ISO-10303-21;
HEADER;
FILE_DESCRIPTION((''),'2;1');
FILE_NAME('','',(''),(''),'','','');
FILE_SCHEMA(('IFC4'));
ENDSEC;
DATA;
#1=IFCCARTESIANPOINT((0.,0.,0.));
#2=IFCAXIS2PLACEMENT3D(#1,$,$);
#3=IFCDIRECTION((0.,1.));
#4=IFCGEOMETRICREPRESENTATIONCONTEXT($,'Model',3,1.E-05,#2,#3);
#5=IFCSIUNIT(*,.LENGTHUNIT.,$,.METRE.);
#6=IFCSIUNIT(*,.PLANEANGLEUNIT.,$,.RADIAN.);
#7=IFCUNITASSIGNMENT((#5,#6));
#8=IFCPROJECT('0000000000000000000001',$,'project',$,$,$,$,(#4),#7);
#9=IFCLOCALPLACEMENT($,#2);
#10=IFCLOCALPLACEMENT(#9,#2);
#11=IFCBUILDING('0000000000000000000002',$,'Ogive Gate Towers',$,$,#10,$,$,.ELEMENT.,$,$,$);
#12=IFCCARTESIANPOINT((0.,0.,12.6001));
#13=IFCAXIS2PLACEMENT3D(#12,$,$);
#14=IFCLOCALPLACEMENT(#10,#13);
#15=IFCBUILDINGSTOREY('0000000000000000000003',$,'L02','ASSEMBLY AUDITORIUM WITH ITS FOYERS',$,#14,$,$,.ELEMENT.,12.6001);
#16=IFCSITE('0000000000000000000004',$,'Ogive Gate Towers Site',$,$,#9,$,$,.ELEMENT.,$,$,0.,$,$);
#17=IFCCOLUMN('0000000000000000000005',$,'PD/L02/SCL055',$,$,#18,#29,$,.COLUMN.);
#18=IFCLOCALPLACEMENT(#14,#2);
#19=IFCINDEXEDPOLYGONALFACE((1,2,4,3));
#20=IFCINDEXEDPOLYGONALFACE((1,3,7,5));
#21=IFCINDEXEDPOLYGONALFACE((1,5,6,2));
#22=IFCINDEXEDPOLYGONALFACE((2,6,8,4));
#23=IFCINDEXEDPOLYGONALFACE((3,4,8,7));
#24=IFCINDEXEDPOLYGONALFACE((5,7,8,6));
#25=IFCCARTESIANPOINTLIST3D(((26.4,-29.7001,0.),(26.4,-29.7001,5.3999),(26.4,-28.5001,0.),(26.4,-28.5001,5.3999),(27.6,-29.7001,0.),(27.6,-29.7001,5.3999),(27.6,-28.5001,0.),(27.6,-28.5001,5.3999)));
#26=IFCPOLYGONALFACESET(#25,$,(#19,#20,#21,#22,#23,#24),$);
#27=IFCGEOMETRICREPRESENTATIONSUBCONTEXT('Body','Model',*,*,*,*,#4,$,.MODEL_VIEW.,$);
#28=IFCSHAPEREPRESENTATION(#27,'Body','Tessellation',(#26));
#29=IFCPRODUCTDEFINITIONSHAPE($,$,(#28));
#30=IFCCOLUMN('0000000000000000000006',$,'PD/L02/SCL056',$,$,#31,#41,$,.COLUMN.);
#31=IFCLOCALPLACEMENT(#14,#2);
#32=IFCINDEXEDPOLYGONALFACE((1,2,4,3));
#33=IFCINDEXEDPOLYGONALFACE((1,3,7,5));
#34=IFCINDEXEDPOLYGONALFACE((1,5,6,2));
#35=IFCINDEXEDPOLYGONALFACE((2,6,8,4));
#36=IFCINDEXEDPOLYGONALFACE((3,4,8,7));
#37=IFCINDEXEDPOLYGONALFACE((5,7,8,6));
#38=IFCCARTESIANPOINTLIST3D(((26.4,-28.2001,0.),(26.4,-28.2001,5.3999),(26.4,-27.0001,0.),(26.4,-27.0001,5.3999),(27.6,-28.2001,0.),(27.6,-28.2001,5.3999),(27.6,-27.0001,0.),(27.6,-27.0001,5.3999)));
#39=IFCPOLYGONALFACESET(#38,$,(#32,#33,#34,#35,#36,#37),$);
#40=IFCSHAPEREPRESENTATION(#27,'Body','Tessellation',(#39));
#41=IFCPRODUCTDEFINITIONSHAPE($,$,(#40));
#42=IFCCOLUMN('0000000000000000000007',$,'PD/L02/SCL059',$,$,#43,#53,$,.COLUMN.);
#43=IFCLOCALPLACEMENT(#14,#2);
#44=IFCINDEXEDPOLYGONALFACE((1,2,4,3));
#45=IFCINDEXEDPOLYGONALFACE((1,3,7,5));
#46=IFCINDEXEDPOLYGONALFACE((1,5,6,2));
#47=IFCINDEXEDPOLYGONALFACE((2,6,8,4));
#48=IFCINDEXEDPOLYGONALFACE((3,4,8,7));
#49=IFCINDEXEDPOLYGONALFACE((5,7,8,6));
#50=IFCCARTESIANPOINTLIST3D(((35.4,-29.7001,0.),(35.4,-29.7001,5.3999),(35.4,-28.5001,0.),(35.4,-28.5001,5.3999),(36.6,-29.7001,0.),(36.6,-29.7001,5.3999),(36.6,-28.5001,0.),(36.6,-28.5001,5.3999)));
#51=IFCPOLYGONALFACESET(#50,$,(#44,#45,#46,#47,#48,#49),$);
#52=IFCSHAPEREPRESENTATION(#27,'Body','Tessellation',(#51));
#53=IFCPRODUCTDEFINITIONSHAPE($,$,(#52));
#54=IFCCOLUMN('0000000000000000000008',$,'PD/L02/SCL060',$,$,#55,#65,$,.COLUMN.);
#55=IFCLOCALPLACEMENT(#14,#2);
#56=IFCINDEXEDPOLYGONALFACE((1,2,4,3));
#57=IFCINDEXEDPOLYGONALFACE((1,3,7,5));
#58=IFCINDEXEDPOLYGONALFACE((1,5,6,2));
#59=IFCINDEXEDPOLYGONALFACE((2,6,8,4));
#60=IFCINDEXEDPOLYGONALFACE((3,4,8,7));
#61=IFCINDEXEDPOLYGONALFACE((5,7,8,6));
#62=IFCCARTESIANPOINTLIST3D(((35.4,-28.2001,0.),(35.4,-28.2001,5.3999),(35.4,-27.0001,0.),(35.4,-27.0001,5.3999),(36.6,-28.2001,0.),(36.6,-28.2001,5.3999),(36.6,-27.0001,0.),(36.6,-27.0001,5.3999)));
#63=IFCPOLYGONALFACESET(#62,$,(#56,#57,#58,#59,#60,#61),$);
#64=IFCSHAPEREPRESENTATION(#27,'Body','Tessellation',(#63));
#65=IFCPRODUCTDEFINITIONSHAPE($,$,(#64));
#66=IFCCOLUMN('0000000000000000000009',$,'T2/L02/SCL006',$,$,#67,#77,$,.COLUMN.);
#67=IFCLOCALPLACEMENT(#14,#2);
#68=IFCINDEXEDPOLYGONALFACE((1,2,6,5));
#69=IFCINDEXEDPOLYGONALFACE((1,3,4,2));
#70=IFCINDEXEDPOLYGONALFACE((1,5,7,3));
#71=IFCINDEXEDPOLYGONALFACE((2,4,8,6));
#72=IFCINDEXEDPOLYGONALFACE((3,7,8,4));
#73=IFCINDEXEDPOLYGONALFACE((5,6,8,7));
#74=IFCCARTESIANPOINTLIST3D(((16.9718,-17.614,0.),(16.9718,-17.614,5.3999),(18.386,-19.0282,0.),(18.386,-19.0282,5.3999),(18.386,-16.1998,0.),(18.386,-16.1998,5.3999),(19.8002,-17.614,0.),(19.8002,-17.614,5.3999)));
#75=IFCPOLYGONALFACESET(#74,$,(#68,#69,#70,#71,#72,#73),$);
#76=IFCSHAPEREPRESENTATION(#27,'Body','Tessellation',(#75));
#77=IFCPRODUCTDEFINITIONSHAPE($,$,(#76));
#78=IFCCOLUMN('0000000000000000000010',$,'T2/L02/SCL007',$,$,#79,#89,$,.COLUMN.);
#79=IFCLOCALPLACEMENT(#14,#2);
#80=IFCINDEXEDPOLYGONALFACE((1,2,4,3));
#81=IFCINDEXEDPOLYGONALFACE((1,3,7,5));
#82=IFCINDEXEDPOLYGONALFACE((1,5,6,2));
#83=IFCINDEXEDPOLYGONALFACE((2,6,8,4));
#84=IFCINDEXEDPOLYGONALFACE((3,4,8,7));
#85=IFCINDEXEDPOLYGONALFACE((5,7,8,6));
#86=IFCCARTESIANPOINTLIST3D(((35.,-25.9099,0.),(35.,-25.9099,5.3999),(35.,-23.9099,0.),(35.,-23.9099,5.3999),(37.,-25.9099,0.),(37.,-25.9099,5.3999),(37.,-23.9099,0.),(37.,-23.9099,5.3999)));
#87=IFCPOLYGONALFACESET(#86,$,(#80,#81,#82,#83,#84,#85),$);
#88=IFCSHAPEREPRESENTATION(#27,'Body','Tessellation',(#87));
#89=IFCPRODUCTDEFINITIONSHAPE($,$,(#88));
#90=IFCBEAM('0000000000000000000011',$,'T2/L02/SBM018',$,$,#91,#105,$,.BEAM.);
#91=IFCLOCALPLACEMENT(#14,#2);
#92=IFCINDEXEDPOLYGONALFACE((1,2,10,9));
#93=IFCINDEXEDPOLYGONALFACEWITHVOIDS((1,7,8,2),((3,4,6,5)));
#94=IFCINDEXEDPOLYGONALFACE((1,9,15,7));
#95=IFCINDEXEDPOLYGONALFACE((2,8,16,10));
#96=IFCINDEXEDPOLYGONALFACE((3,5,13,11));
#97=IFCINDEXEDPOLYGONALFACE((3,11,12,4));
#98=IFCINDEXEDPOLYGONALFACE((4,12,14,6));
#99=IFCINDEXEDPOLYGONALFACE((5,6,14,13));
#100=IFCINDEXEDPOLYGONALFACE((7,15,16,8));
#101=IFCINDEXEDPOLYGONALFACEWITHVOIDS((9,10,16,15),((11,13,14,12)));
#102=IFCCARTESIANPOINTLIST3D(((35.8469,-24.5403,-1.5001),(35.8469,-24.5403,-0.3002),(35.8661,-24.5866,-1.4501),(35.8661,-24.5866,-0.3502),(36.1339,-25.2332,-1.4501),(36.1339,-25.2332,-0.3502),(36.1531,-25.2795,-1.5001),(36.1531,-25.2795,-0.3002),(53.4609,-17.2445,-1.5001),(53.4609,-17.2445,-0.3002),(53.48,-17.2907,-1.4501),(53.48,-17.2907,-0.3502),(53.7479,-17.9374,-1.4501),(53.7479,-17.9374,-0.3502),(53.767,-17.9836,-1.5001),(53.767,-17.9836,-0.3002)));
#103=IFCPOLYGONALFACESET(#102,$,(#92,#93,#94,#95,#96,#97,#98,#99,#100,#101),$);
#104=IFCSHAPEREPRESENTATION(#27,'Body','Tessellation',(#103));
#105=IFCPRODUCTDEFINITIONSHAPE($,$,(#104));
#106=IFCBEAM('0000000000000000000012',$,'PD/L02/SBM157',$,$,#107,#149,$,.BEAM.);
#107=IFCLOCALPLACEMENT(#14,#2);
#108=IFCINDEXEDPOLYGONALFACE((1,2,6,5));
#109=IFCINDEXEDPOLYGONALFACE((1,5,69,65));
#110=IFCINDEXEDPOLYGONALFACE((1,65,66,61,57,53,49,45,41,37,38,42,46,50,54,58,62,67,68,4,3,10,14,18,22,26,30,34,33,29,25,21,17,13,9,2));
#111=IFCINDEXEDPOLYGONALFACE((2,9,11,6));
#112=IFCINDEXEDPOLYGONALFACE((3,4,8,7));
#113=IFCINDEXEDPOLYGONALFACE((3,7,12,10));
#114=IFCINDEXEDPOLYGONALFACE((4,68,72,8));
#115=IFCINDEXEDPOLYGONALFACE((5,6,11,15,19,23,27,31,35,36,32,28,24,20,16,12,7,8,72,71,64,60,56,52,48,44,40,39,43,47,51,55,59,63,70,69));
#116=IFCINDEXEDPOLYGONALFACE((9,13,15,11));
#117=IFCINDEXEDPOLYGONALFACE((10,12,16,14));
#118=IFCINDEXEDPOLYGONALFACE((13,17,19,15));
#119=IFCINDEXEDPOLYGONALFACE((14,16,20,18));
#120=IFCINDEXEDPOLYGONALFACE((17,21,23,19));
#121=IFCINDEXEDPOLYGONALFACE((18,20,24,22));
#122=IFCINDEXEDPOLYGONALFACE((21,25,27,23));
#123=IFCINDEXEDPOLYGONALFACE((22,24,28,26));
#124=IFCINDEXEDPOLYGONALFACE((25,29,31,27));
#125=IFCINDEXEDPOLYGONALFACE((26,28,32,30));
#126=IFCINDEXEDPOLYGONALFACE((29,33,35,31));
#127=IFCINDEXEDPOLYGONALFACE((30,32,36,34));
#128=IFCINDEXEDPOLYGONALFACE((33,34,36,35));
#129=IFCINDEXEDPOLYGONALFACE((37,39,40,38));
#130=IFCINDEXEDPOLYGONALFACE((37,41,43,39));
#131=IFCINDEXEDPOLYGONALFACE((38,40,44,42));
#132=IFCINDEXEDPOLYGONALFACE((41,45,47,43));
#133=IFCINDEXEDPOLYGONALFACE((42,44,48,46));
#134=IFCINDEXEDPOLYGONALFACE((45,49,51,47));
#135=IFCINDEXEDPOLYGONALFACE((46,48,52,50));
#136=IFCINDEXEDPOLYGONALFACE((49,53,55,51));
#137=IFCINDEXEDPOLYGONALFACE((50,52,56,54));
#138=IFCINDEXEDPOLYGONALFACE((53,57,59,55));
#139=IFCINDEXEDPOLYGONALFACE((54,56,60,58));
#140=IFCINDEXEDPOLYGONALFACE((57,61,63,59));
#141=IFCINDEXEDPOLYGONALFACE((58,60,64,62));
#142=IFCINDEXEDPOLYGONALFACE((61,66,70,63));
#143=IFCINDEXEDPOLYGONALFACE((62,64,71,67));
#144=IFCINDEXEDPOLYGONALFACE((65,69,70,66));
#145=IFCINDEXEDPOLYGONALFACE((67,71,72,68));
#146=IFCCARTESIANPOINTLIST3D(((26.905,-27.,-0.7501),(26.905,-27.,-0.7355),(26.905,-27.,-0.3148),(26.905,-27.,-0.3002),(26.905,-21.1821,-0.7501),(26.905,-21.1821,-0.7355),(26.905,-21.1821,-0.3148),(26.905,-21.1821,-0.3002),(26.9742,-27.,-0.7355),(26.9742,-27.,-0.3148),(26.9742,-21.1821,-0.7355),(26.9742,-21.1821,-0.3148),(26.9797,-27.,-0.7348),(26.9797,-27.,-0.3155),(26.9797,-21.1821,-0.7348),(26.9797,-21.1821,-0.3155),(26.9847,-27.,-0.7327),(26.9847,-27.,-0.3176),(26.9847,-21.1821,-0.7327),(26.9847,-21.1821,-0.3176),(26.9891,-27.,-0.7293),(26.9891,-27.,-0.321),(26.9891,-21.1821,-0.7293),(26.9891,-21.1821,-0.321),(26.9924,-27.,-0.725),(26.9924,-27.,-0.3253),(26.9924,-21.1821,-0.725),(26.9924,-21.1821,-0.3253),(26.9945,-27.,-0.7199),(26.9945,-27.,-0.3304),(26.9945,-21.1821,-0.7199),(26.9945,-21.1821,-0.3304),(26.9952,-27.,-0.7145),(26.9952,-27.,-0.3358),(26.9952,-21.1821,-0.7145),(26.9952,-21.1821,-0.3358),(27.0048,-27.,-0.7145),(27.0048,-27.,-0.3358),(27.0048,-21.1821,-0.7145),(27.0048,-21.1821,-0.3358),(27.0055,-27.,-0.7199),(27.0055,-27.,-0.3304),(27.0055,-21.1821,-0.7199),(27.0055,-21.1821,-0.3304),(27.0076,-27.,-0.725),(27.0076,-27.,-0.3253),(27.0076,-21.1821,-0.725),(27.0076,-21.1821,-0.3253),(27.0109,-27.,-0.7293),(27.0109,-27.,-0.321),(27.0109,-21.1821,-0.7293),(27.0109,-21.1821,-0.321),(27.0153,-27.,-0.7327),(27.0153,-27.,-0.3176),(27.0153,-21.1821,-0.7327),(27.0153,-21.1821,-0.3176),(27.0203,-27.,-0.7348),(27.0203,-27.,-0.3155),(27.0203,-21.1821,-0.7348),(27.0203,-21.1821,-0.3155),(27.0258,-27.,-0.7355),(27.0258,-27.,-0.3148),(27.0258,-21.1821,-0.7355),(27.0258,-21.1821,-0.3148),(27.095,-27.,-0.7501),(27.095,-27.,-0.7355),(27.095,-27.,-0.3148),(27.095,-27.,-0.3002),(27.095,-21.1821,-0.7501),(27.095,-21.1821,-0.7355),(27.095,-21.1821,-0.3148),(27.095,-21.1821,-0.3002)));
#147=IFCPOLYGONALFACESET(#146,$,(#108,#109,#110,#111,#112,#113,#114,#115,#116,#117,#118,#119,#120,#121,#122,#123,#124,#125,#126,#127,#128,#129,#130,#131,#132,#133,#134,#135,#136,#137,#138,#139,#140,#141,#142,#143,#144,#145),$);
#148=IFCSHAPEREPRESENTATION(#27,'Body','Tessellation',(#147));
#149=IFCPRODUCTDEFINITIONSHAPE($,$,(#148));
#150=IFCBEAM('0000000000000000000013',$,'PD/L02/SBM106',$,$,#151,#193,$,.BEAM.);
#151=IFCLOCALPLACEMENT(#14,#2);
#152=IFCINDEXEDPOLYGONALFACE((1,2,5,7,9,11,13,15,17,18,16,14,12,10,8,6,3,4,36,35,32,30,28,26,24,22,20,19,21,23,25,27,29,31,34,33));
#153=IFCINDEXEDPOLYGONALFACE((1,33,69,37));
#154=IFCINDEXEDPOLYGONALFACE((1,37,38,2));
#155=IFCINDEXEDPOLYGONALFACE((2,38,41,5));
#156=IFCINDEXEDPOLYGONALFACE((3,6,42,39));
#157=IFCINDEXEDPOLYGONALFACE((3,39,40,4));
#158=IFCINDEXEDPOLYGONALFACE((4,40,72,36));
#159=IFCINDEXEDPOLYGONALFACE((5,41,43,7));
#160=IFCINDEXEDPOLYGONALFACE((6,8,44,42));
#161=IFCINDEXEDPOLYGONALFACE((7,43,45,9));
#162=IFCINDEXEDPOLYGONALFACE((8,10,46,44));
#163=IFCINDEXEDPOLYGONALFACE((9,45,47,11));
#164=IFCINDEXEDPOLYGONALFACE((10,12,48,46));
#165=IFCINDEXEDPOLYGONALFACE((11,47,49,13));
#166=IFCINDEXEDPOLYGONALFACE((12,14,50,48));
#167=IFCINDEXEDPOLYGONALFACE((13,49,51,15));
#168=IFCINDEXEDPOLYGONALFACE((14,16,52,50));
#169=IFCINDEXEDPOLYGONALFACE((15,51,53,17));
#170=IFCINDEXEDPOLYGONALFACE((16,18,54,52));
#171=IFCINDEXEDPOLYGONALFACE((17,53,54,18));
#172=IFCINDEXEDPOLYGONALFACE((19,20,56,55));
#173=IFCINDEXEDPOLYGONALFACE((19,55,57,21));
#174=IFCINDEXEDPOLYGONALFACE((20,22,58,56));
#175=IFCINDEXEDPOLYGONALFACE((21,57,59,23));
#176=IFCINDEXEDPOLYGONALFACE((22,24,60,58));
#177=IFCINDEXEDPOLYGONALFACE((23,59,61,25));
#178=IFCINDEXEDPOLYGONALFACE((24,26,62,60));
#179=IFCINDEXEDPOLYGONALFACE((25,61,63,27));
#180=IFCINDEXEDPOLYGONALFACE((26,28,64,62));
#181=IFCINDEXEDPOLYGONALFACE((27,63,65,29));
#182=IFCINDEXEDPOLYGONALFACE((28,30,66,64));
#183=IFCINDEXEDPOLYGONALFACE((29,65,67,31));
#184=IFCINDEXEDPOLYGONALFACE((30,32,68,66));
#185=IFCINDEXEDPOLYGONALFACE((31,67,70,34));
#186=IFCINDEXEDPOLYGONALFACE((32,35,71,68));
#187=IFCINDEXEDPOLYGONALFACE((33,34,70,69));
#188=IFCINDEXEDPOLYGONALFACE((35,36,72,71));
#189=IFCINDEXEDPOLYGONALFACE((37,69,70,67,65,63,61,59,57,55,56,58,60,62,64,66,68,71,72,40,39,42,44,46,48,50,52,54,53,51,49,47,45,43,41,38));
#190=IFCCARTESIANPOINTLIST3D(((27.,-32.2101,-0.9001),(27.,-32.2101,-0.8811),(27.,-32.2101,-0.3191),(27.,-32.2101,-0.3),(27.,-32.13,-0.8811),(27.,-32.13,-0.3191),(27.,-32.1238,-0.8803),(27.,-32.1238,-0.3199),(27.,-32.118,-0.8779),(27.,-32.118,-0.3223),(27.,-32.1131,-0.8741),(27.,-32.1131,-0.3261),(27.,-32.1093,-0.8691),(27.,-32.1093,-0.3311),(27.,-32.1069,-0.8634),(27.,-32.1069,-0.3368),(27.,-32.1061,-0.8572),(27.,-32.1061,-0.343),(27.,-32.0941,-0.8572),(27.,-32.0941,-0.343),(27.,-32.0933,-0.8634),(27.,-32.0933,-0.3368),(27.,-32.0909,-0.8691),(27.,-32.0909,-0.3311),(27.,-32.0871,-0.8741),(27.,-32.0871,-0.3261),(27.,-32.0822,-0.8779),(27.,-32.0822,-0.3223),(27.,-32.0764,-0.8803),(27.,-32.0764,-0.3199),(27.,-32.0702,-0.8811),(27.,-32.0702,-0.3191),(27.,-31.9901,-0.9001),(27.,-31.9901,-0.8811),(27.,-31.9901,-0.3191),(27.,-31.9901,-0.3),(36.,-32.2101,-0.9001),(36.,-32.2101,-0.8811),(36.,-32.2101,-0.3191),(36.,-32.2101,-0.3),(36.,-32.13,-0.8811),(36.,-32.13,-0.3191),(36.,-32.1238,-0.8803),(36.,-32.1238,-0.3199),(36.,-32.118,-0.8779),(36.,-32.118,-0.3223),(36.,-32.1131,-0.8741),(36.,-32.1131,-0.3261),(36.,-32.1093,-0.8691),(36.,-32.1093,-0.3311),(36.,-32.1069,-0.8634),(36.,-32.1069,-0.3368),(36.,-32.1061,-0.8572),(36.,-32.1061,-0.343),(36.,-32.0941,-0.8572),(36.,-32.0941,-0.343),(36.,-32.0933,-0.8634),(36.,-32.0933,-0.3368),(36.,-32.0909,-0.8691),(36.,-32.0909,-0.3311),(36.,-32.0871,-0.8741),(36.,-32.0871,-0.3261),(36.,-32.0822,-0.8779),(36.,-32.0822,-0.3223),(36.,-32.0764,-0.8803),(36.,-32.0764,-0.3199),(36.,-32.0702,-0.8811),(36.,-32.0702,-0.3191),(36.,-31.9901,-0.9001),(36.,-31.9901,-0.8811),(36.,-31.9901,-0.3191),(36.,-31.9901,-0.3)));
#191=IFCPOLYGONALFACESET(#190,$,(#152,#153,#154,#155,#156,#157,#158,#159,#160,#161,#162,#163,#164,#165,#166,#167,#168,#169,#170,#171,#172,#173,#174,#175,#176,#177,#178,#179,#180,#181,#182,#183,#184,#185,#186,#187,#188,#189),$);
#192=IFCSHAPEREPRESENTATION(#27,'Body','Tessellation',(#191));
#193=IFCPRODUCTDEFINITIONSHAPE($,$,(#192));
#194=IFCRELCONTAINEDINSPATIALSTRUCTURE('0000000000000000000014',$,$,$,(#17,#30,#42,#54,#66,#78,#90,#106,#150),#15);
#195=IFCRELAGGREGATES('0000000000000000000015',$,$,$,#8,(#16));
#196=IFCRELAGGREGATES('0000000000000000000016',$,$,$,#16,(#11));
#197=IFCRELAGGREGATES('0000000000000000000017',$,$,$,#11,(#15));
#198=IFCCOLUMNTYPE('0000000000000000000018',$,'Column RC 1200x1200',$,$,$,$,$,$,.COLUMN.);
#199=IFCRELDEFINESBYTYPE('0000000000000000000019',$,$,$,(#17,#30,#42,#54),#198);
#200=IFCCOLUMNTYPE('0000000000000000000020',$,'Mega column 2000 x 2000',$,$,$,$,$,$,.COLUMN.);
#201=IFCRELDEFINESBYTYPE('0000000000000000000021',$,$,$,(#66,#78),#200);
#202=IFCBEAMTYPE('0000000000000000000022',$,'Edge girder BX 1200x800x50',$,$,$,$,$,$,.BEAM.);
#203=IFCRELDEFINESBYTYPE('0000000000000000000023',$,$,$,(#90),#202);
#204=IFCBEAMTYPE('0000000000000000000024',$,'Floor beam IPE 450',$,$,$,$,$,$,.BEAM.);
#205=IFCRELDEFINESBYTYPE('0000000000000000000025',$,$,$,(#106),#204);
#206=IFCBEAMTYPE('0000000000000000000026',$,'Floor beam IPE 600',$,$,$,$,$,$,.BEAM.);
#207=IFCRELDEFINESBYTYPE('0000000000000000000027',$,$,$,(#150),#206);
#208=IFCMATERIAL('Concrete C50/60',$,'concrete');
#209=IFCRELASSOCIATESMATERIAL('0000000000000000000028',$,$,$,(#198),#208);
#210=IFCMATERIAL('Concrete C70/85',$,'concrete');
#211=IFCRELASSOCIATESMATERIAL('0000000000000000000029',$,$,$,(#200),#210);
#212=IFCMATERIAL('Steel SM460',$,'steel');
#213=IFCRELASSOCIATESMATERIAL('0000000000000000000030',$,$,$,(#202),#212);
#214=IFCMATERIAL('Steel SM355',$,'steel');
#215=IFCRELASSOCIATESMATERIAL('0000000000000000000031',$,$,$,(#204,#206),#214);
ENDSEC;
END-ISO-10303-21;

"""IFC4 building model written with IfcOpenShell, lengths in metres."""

from ifc_helpers import new_model, si_unit, direction, frame, origin, origin_2d, place, context, subcontext, project, spatial, rectangle, hollow_rectangle, i_section, extrude, material, material_profile, profile_set, type_object, element, save


model = new_model("IFC4")

# Units and contexts
model_context = context("Model", 3, precision=1e-05, world=origin(), true_north=direction((0.0, 1.0)))
body_context = subcontext(model_context, "Body", "Model", "MODEL_VIEW")
ifc_project = project(units=[si_unit("LENGTHUNIT", "METRE"), si_unit("PLANEANGLEUNIT", "RADIAN")], contexts=[model_context])

# Site, building, storey
site_placement = place(None, origin())
site = spatial("IfcSite", under=ifc_project, at=site_placement, Name="Ogive Gate Towers Site", CompositionType="ELEMENT", RefElevation=0.0)
building_placement = place(site_placement, origin())
building = spatial("IfcBuilding", under=site, at=building_placement, Name="Ogive Gate Towers", CompositionType="ELEMENT")
storey_placement = place(building_placement, frame((0.0, 0.0, 12.6001)))
storey = spatial("IfcBuildingStorey", under=building, at=storey_placement, Name="L02", Description="ASSEMBLY AUDITORIUM WITH ITS FOYERS", CompositionType="ELEMENT", Elevation=12.6001)

# Columns
ifc_material_1 = material(Name="Concrete C50/60", Category="concrete")
ifc_material_profile_1 = material_profile(ifc_material_1, rectangle(XDim=1.2, YDim=1.2, at=origin_2d()), Name="RC 1200x1200")
ifc_profile_set_1 = profile_set([ifc_material_profile_1], Name="Concrete C50/60")
column_type_1 = type_object("IfcColumnType", Name="Column RC 1200x1200", PredefinedType="COLUMN", material=ifc_profile_set_1)
for number, where, z_axis, x_axis, name in (
    (1, (27.0, -29.1001, 0.0), (0.0, 0.0, 1.0), (1.0, 0.0, 0.0), "PD/L02/SCL055"),
    (2, (27.0, -27.6001, 0.0), (0.0, 0.0, 1.0), (1.0, 0.0, 0.0), "PD/L02/SCL056"),
    (3, (36.0, -29.1001, 0.0), (0.0, 0.0, 1.0), (1.0, 0.0, 0.0), "PD/L02/SCL059"),
    (4, (36.0, -27.6001, 0.0), (0.0, 0.0, 1.0), (1.0, 0.0, 0.0), "PD/L02/SCL060"),
):
    element("IfcColumn", number, at=place(storey_placement, frame(where, z_axis=z_axis, x_axis=x_axis)), inside=storey, type_object=column_type_1, Name=name, PredefinedType="COLUMN", context=body_context, shape_type="SweptSolid", body=[
        extrude(rectangle(XDim=1.2, YDim=1.2, at=origin_2d()), origin(), (0.0, 0.0, 1.0), 5.3999),
    ])
ifc_material_2 = material(Name="Concrete C70/85", Category="concrete")
ifc_material_profile_2 = material_profile(ifc_material_2, rectangle(XDim=2.0, YDim=2.0, at=origin_2d()), Name="RC 2000x2000")
ifc_profile_set_2 = profile_set([ifc_material_profile_2], Name="Concrete C70/85")
column_type_2 = type_object("IfcColumnType", Name="Mega column 2000 x 2000", PredefinedType="COLUMN", material=ifc_profile_set_2)
for number, where, z_axis, x_axis, name in (
    (5, (18.386, -17.614, 0.0), (0.0, 0.0, 1.0), (-0.707107, -0.707107, 0.0), "T2/L02/SCL006"),
    (6, (36.0, -24.9099, 0.0), (0.0, 0.0, 1.0), (0.0, -1.0, 0.0), "T2/L02/SCL007"),
):
    element("IfcColumn", number, at=place(storey_placement, frame(where, z_axis=z_axis, x_axis=x_axis)), inside=storey, type_object=column_type_2, Name=name, PredefinedType="COLUMN", context=body_context, shape_type="SweptSolid", body=[
        extrude(rectangle(XDim=2.0, YDim=2.0, at=origin_2d()), origin(), (0.0, 0.0, 1.0), 5.3999),
    ])

# Beams
ifc_material_3 = material(Name="Steel SM460", Category="steel")
ifc_material_profile_3 = material_profile(ifc_material_3, hollow_rectangle(XDim=0.8, YDim=1.2, WallThickness=0.05, at=origin_2d()), Name="BX 1200x800x50")
ifc_profile_set_3 = profile_set([ifc_material_profile_3], Name="Steel SM460")
beam_type_1 = type_object("IfcBeamType", Name="Edge girder BX 1200x800x50", PredefinedType="BEAM", material=ifc_profile_set_3)
beam_1_placement = place(storey_placement, frame((36.0, -24.9099, -0.9001), z_axis=(0.923881, 0.382681, 0.0), x_axis=(-0.382681, 0.923881, 0.0)))
element("IfcBeam", 7, at=beam_1_placement, inside=storey, type_object=beam_type_1, Name="T2/L02/SBM018", PredefinedType="BEAM", context=body_context, shape_type="SweptSolid", body=[
    extrude(hollow_rectangle(XDim=0.8, YDim=1.2, WallThickness=0.05, at=origin_2d()), origin(), (0.0, 0.0, 1.0), 19.0652),
])
ifc_material_4 = material(Name="Steel SM355", Category="steel")
ifc_material_profile_4 = material_profile(ifc_material_4, i_section(OverallWidth=0.1899, OverallDepth=0.45, WebThickness=0.0095, FlangeThickness=0.0146, FilletRadius=0.021, at=origin_2d()), Name="IPE 450")
ifc_profile_set_4 = profile_set([ifc_material_profile_4], Name="Steel SM355")
beam_type_2 = type_object("IfcBeamType", Name="Floor beam IPE 450", PredefinedType="BEAM", material=ifc_profile_set_4)
beam_2_placement = place(storey_placement, frame((27.0, -27.0, -0.5251), z_axis=(0.0, 1.0, 0.0), x_axis=(-1.0, 0.0, 0.0)))
element("IfcBeam", 8, at=beam_2_placement, inside=storey, type_object=beam_type_2, Name="PD/L02/SBM157", PredefinedType="BEAM", context=body_context, shape_type="SweptSolid", body=[
    extrude(i_section(OverallWidth=0.1899, OverallDepth=0.45, WebThickness=0.0095, FlangeThickness=0.0146, FilletRadius=0.021, at=origin_2d()), origin(), (0.0, 0.0, 1.0), 5.8179),
])
ifc_material_profile_5 = material_profile(ifc_material_4, i_section(OverallWidth=0.22, OverallDepth=0.6001, WebThickness=0.012, FlangeThickness=0.019, FilletRadius=0.0239, at=origin_2d()), Name="IPE 600")
ifc_profile_set_5 = profile_set([ifc_material_profile_5], Name="Steel SM355")
beam_type_3 = type_object("IfcBeamType", Name="Floor beam IPE 600", PredefinedType="BEAM", material=ifc_profile_set_5)
for number, where, z_axis, x_axis, name in (
    (9, (36.0, -32.1001, -0.6001), (-1.0, 0.0, 0.0), (0.0, -1.0, 0.0), "PD/L02/SBM106"),
):
    element("IfcBeam", number, at=place(storey_placement, frame(where, z_axis=z_axis, x_axis=x_axis)), inside=storey, type_object=beam_type_3, Name=name, PredefinedType="BEAM", context=body_context, shape_type="SweptSolid", body=[
        extrude(i_section(OverallWidth=0.22, OverallDepth=0.6001, WebThickness=0.012, FlangeThickness=0.019, FilletRadius=0.0239, at=origin_2d()), origin(), (0.0, 0.0, 1.0), 9.0),
    ])

save(model, "model.ifc")
